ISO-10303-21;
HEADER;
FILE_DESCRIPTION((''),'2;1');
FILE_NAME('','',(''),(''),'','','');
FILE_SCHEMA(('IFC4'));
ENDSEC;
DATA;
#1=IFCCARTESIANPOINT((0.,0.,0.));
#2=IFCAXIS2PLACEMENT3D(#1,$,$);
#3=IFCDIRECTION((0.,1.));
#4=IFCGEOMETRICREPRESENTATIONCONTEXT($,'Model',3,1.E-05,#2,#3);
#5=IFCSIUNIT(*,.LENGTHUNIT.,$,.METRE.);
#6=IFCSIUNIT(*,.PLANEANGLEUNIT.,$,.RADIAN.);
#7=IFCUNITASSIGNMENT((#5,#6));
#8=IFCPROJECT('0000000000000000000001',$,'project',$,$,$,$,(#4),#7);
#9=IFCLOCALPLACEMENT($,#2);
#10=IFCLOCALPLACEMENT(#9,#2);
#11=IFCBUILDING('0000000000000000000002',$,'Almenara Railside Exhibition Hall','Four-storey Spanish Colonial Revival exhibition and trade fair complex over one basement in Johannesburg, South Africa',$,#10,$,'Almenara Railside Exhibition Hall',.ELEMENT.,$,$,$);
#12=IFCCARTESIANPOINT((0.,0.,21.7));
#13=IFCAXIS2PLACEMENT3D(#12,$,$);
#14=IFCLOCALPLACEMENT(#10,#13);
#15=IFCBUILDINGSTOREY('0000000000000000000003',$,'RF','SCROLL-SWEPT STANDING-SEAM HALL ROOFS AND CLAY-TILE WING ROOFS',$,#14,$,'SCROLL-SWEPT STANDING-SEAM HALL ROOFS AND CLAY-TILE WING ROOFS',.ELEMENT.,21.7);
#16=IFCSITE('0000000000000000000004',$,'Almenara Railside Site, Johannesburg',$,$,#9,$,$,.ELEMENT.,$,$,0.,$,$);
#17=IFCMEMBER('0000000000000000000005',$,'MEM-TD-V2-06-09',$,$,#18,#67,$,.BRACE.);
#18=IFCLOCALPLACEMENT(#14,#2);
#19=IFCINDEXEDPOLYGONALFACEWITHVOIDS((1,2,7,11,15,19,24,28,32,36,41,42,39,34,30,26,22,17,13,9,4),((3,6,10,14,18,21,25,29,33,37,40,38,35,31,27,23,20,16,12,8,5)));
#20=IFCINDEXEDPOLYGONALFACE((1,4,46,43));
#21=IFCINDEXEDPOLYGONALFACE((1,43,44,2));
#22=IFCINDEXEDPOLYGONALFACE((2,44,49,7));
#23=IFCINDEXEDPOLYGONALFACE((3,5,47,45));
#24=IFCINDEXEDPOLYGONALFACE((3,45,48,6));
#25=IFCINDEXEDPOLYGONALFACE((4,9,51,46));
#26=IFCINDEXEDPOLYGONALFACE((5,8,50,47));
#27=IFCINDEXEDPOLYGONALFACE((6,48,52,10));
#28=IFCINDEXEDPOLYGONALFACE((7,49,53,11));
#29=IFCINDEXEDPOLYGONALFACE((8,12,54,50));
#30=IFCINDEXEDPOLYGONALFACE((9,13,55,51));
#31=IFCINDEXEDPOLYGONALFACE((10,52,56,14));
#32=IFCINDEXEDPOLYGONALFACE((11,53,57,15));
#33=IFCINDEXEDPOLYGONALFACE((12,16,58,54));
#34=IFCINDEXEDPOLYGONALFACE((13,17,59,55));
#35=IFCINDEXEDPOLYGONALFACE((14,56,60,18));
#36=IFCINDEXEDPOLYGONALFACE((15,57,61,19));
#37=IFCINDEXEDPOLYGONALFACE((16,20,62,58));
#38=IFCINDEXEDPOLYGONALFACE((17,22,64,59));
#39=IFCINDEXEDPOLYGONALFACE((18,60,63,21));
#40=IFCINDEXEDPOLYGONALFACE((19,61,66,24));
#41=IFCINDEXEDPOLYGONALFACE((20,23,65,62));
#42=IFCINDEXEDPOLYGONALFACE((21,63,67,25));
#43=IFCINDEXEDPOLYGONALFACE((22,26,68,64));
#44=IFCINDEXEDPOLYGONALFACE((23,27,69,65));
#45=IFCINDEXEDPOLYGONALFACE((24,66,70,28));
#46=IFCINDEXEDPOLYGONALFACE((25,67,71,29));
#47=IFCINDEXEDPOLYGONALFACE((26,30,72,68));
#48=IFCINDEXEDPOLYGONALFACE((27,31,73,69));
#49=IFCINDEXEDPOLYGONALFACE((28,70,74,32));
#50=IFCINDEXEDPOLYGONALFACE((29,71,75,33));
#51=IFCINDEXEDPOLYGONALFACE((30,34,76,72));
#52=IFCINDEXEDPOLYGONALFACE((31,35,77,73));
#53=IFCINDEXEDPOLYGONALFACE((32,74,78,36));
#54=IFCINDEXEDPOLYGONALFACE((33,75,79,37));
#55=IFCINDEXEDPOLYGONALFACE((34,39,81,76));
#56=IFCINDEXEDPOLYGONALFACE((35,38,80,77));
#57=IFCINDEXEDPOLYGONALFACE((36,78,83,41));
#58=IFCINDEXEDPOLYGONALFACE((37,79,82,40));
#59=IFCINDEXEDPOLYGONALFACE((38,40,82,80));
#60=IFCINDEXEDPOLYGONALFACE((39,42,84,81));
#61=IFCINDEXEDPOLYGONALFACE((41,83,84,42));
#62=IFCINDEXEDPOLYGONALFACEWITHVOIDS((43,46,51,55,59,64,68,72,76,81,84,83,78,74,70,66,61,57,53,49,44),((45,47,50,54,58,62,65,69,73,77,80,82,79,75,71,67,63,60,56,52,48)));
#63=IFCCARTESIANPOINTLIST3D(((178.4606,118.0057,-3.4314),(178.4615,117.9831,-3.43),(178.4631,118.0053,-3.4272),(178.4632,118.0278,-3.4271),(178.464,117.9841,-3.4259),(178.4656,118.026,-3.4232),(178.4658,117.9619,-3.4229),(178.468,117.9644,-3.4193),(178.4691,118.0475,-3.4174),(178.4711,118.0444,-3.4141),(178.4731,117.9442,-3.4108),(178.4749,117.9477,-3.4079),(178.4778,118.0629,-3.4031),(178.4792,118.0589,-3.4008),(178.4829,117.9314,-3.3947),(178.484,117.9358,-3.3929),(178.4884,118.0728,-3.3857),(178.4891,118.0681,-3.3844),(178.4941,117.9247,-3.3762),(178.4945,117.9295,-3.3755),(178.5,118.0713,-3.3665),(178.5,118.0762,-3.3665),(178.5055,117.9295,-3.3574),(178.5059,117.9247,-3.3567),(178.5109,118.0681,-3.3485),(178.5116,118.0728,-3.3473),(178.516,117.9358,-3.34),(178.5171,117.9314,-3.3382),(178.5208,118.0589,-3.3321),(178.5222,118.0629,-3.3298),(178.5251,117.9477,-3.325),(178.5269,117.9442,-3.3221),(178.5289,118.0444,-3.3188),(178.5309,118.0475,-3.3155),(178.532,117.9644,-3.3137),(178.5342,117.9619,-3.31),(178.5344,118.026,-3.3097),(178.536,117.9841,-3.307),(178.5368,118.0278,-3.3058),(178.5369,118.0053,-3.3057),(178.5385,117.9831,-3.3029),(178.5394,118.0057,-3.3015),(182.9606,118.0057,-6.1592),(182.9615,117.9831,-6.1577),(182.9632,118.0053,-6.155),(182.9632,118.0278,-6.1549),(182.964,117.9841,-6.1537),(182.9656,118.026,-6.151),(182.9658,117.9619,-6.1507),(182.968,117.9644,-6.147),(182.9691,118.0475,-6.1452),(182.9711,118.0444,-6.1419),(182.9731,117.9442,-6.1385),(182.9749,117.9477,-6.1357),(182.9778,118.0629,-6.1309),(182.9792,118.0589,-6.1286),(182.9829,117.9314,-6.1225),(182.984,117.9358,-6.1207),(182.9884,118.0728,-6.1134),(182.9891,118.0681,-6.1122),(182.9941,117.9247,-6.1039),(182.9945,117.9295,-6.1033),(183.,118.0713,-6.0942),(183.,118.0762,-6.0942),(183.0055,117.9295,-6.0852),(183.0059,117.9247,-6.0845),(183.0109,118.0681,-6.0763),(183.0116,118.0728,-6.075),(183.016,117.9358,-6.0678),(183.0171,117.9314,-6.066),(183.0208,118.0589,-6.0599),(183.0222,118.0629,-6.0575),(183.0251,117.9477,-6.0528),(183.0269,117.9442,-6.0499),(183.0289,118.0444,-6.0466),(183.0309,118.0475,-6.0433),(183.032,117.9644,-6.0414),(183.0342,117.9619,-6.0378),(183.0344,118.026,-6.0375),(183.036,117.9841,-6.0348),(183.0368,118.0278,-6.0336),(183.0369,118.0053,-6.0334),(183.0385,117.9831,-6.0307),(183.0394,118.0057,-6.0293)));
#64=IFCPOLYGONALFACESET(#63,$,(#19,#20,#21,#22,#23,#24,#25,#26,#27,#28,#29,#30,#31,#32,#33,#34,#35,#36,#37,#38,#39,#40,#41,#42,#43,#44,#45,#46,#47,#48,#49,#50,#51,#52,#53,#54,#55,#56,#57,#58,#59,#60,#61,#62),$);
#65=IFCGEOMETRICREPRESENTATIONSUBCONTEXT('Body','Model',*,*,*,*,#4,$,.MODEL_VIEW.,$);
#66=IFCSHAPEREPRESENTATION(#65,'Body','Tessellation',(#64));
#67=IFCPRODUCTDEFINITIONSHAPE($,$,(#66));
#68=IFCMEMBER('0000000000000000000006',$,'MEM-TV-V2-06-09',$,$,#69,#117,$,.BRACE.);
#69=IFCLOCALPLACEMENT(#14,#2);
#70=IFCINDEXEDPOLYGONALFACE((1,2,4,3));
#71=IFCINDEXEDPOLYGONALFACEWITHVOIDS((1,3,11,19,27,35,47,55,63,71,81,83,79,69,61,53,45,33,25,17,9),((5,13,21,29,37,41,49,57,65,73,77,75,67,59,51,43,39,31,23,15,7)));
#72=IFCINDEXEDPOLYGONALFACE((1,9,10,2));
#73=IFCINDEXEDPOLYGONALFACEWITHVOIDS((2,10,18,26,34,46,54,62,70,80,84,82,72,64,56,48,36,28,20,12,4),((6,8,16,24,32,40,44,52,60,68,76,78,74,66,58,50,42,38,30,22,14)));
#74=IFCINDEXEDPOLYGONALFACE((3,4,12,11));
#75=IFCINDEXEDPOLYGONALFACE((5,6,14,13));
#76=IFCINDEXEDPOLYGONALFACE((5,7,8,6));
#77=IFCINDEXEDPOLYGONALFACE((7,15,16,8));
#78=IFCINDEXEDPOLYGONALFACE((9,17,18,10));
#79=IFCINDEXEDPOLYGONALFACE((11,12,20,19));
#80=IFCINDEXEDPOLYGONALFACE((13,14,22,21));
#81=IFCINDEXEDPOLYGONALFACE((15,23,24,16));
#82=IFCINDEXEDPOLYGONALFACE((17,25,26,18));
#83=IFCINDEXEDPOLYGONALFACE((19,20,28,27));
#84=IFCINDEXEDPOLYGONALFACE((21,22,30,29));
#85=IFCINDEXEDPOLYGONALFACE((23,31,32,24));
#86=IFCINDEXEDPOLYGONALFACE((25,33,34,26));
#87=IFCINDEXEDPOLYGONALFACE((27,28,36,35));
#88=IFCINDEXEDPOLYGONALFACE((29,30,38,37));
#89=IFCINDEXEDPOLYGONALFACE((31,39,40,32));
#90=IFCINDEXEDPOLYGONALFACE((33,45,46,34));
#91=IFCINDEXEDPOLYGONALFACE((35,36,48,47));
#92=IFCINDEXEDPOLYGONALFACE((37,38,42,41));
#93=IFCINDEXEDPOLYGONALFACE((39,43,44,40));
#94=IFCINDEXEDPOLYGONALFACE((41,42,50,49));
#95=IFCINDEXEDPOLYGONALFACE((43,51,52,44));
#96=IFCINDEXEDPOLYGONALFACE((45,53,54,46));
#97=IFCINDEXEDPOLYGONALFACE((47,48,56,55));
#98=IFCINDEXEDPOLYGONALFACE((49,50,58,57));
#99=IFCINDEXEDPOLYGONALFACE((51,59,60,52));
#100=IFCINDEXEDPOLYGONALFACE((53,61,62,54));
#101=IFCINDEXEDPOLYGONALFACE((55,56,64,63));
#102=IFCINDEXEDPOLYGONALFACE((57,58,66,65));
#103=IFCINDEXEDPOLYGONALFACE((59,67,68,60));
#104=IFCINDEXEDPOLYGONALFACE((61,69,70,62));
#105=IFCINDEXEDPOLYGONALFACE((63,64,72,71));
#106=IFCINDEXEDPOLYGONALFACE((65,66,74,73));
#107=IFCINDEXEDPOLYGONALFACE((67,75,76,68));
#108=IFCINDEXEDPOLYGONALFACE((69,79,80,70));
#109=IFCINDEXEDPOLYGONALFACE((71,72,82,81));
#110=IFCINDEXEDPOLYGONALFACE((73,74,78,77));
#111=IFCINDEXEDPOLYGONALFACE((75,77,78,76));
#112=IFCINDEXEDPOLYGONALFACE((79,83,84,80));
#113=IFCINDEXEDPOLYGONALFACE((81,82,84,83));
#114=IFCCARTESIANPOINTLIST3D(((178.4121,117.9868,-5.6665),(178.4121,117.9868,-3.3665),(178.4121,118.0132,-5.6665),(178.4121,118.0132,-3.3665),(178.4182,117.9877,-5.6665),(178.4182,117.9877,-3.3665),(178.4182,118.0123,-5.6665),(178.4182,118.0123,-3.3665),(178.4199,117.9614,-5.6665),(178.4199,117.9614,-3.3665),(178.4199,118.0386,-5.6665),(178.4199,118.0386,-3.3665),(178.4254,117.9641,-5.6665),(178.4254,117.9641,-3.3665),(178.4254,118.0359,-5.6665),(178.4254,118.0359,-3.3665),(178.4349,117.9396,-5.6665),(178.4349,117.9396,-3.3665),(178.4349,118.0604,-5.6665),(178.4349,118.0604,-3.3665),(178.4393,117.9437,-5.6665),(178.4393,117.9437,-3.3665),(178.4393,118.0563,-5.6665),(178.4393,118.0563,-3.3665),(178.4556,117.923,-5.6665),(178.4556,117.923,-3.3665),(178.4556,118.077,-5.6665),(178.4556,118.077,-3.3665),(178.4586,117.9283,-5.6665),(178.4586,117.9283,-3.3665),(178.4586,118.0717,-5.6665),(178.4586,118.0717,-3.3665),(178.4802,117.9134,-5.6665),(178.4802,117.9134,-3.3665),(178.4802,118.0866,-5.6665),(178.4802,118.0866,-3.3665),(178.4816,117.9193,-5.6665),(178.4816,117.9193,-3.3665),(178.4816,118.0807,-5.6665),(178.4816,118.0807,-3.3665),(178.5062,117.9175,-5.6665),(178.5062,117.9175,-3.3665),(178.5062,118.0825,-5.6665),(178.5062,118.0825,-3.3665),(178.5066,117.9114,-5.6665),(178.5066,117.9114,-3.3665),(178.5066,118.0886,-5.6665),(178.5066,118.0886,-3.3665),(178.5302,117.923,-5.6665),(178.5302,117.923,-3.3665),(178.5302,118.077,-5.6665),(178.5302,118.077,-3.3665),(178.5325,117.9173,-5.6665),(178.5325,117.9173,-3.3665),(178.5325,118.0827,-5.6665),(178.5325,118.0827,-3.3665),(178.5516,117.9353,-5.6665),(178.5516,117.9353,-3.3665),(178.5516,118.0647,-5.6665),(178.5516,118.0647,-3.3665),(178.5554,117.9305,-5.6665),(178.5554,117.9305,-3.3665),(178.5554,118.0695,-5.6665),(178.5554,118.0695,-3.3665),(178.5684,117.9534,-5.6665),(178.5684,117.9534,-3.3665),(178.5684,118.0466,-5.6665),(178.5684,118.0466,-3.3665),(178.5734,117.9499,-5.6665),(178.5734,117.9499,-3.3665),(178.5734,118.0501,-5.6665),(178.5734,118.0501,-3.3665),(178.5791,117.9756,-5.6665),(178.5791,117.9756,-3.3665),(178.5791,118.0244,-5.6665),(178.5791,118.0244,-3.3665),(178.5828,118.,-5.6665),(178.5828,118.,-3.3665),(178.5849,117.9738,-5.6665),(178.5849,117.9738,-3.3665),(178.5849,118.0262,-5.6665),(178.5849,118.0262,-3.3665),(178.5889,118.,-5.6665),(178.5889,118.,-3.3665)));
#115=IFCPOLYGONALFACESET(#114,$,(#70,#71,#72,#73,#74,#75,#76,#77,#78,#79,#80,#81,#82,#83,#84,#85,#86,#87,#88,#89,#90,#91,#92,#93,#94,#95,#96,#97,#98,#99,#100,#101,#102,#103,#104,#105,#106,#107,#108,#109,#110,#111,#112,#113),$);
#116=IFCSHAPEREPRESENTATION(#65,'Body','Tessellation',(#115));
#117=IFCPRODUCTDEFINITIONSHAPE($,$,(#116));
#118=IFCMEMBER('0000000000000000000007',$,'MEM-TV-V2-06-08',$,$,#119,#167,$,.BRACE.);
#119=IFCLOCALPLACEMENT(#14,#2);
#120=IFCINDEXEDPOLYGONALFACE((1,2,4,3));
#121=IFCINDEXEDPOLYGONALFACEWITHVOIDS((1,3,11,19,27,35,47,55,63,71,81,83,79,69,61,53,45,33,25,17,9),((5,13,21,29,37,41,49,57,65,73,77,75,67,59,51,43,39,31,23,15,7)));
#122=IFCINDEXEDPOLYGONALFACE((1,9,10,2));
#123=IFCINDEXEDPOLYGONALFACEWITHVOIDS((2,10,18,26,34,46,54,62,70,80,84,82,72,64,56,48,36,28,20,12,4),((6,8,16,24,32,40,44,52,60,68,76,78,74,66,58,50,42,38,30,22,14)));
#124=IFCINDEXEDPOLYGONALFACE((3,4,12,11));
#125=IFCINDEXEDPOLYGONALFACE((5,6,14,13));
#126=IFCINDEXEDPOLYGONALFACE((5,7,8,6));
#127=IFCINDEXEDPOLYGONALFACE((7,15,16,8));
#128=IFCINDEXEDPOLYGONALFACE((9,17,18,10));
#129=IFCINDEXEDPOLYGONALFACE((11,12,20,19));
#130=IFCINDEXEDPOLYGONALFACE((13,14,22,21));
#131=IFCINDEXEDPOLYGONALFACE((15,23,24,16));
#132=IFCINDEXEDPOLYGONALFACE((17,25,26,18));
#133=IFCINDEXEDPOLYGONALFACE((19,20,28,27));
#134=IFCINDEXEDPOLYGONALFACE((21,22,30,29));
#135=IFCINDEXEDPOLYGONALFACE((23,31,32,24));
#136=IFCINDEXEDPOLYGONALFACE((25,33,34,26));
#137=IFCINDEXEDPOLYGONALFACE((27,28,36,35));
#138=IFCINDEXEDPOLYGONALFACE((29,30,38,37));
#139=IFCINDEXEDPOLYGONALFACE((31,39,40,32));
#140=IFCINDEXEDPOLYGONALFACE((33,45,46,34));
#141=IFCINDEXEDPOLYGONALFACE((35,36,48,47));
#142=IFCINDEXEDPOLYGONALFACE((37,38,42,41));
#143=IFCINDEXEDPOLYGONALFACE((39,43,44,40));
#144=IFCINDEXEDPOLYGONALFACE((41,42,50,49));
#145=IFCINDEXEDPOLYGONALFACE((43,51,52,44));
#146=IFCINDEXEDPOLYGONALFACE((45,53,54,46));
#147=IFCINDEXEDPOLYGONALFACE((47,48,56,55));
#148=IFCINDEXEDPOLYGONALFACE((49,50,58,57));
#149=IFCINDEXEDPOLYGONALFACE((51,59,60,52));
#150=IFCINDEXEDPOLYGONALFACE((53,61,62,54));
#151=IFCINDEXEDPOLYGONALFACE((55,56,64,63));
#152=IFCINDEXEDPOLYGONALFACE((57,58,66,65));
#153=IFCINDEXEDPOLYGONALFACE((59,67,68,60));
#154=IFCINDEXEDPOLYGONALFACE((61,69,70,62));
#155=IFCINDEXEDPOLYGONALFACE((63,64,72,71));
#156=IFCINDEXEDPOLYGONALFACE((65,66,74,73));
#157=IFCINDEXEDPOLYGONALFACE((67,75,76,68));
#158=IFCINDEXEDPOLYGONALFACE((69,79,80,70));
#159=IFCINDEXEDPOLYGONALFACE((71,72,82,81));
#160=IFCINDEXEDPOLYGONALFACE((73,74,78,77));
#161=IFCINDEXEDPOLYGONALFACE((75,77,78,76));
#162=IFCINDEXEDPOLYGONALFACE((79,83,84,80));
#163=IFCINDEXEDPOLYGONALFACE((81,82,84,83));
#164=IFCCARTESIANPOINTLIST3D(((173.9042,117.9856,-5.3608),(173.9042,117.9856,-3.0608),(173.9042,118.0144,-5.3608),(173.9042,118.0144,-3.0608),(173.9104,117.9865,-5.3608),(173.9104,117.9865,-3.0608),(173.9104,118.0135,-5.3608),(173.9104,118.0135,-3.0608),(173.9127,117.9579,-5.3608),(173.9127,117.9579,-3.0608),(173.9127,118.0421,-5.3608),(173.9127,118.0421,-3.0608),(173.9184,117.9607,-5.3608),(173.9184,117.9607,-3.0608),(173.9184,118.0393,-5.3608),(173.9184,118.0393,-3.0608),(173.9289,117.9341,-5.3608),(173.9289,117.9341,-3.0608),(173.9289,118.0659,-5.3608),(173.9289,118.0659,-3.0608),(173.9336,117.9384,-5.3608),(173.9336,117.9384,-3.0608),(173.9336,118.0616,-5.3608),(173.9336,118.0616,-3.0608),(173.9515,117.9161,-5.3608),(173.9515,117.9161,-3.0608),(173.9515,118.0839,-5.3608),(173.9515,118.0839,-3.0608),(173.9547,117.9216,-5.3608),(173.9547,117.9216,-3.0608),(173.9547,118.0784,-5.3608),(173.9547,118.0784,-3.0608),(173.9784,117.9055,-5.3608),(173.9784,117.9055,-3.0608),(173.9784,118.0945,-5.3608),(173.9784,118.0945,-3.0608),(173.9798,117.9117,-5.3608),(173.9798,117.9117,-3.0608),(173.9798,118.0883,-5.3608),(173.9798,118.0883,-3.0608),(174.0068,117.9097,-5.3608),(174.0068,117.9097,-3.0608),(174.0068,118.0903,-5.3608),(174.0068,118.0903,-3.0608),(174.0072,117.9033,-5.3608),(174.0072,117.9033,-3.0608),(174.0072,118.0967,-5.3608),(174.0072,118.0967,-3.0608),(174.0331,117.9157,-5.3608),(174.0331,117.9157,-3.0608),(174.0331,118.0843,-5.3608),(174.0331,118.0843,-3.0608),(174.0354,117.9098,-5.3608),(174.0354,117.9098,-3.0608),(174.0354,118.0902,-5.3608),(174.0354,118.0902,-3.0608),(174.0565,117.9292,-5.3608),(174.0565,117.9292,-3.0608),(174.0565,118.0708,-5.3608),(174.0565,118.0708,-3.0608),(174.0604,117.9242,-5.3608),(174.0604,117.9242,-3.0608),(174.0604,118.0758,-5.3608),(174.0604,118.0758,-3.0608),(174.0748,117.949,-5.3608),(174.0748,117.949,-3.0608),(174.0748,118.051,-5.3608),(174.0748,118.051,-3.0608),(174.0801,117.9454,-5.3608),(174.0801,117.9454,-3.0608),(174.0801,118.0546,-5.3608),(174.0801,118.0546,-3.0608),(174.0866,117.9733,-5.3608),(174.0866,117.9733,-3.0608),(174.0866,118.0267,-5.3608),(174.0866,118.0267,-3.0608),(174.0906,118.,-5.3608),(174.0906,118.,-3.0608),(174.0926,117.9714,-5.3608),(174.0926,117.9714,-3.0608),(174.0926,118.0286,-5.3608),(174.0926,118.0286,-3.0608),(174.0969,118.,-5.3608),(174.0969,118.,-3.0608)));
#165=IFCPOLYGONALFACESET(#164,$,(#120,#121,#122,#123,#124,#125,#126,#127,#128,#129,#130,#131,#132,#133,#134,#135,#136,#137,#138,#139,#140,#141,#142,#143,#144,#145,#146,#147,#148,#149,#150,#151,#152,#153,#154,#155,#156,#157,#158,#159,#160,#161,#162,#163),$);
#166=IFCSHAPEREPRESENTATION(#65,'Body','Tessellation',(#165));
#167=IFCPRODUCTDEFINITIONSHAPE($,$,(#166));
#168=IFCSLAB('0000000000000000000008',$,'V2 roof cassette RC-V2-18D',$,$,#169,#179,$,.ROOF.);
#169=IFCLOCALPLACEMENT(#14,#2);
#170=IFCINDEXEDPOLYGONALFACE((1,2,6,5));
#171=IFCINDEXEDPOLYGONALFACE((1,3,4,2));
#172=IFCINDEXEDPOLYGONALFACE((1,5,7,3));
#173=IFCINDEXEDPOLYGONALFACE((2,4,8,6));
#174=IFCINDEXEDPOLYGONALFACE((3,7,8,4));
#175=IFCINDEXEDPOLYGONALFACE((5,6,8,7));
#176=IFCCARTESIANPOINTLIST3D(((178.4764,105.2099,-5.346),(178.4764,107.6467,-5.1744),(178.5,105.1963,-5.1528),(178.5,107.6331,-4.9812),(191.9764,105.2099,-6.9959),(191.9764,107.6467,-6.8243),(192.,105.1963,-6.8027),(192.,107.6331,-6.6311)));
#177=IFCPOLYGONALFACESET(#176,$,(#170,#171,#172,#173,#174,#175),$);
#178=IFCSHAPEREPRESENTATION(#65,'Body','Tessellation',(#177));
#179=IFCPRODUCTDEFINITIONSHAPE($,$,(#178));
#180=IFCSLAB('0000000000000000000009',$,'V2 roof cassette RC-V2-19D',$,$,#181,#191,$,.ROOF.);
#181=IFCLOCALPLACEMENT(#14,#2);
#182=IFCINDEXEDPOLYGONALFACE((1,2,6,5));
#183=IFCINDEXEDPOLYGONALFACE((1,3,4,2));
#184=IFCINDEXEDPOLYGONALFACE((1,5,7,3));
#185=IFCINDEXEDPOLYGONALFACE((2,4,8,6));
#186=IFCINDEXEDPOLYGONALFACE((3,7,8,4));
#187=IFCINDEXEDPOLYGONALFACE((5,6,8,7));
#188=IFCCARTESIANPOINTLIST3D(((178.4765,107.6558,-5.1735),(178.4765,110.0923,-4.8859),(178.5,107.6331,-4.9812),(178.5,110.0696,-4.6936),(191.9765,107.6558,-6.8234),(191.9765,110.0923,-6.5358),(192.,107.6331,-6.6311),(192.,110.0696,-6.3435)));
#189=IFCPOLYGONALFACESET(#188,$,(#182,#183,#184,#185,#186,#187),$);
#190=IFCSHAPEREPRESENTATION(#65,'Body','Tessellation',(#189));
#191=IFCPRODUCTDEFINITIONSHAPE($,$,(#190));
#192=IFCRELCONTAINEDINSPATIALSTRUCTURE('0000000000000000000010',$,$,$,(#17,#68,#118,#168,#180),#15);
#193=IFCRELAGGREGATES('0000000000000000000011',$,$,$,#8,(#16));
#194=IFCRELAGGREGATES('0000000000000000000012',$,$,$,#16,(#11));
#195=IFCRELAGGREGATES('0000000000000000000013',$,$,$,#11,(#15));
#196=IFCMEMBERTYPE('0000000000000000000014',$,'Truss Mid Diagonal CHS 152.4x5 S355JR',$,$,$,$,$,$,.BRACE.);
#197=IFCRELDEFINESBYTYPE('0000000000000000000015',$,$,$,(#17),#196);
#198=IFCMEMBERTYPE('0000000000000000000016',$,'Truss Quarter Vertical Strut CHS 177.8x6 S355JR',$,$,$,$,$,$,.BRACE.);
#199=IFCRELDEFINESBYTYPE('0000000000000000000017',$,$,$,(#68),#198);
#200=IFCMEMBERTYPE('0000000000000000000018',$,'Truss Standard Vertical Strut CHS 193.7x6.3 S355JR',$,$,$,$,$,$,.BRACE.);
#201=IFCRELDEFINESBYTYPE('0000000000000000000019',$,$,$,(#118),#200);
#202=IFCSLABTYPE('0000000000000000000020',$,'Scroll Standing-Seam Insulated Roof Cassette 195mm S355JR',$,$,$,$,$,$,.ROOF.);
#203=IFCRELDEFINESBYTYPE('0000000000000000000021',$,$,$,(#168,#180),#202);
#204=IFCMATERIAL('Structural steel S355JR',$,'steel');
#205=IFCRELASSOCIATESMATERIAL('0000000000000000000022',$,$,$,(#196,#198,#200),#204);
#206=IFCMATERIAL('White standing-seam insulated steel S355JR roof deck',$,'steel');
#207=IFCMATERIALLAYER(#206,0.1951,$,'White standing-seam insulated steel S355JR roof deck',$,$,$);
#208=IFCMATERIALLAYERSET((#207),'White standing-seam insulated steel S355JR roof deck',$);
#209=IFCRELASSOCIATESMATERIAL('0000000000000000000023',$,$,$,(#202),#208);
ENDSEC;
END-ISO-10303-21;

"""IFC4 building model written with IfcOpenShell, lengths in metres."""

from ifc_helpers import new_model, si_unit, direction, frame, origin, origin_2d, place, context, subcontext, project, spatial, polyline, hollow_circle, outline, extrude, material, layer, layer_set, material_profile, profile_set, type_object, element, save


model = new_model("IFC4")

# Units and contexts
model_context = context("Model", 3, precision=1e-05, world=origin(), true_north=direction((0.0, 1.0)))
body_context = subcontext(model_context, "Body", "Model", "MODEL_VIEW")
ifc_project = project(units=[si_unit("LENGTHUNIT", "METRE"), si_unit("PLANEANGLEUNIT", "RADIAN")], contexts=[model_context])

# Site, building, storey
site_placement = place(None, origin())
site = spatial("IfcSite", under=ifc_project, at=site_placement, Name="Almenara Railside Site, Johannesburg", CompositionType="ELEMENT", RefElevation=0.0)
building_placement = place(site_placement, origin())
building = spatial("IfcBuilding", under=site, at=building_placement, Name="Almenara Railside Exhibition Hall", Description="Four-storey Spanish Colonial Revival exhibition and trade fair complex over one basement in Johannesburg, South Africa", LongName="Almenara Railside Exhibition Hall", CompositionType="ELEMENT")
storey_placement = place(building_placement, frame((0.0, 0.0, 21.7)))
storey = spatial("IfcBuildingStorey", under=building, at=storey_placement, Name="RF", Description="SCROLL-SWEPT STANDING-SEAM HALL ROOFS AND CLAY-TILE WING ROOFS", LongName="SCROLL-SWEPT STANDING-SEAM HALL ROOFS AND CLAY-TILE WING ROOFS", CompositionType="ELEMENT", Elevation=21.7)

# Members
ifc_material_1 = material(Name="Structural steel S355JR", Category="steel")
ifc_material_profile_1 = material_profile(ifc_material_1, hollow_circle(Radius=0.0762, WallThickness=0.0049, at=origin_2d()), Name="CHS 152.4x5")
ifc_profile_set_1 = profile_set([ifc_material_profile_1], Name="Structural steel S355JR")
member_type_1 = type_object("IfcMemberType", Name="Truss Mid Diagonal CHS 152.4x5 S355JR", PredefinedType="BRACE", material=ifc_profile_set_1)
member_1_placement = place(storey_placement, frame((178.5, 118.0, -3.3665), z_axis=(0.855155, 0.0, -0.518373), x_axis=(0.0, 1.0, 0.0)))
element("IfcMember", 1, at=member_1_placement, inside=storey, type_object=member_type_1, Name="MEM-TD-V2-06-09", PredefinedType="BRACE", context=body_context, shape_type="SweptSolid", body=[
    extrude(hollow_circle(Radius=0.0762, WallThickness=0.0049, at=origin_2d()), origin(), (0.0, 0.0, 1.0), 5.2622),
])
ifc_material_profile_2 = material_profile(ifc_material_1, hollow_circle(Radius=0.0889, WallThickness=0.0061, at=origin_2d()), Name="CHS 177.8x6")
ifc_profile_set_2 = profile_set([ifc_material_profile_2], Name="Structural steel S355JR")
member_type_2 = type_object("IfcMemberType", Name="Truss Quarter Vertical Strut CHS 177.8x6 S355JR", PredefinedType="BRACE", material=ifc_profile_set_2)
member_2_placement = place(storey_placement, frame((178.5, 118.0, -5.6665), z_axis=(0.0, 0.0, 1.0), x_axis=(1.0, 0.0, 0.0)))
element("IfcMember", 2, at=member_2_placement, inside=storey, type_object=member_type_2, Name="MEM-TV-V2-06-09", PredefinedType="BRACE", context=body_context, shape_type="SweptSolid", body=[
    extrude(hollow_circle(Radius=0.0889, WallThickness=0.0061, at=origin_2d()), origin(), (0.0, 0.0, 1.0), 2.3),
])
ifc_material_profile_3 = material_profile(ifc_material_1, hollow_circle(Radius=0.0969, WallThickness=0.0063, at=origin_2d()), Name="CHS 193.7x6.3")
ifc_profile_set_3 = profile_set([ifc_material_profile_3], Name="Structural steel S355JR")
member_type_3 = type_object("IfcMemberType", Name="Truss Standard Vertical Strut CHS 193.7x6.3 S355JR", PredefinedType="BRACE", material=ifc_profile_set_3)
member_3_placement = place(storey_placement, frame((174.0, 118.0, -5.3608), z_axis=(0.0, 0.0, 1.0), x_axis=(1.0, 0.0, 0.0)))
element("IfcMember", 3, at=member_3_placement, inside=storey, type_object=member_type_3, Name="MEM-TV-V2-06-08", PredefinedType="BRACE", context=body_context, shape_type="SweptSolid", body=[
    extrude(hollow_circle(Radius=0.0969, WallThickness=0.0063, at=origin_2d()), origin(), (0.0, 0.0, 1.0), 2.3),
])

# Slabs
ifc_material_2 = material(Name="White standing-seam insulated steel S355JR roof deck", Category="steel")
ifc_layer_1 = layer(ifc_material_2, 0.1951, Name="White standing-seam insulated steel S355JR roof deck")
ifc_layer_set_1 = layer_set([ifc_layer_1], Name="White standing-seam insulated steel S355JR roof deck")
slab_type = type_object("IfcSlabType", Name="Scroll Standing-Seam Insulated Roof Cassette 195mm S355JR", PredefinedType="ROOF", material=ifc_layer_set_1)
slab_1_placement = place(storey_placement, frame((178.5, 105.1963, -5.1528), z_axis=(0.121017, -0.069743, 0.990197), x_axis=(0.992614, 0.0, -0.121312)))
element("IfcSlab", 4, at=slab_1_placement, inside=storey, type_object=slab_type, Name="V2 roof cassette RC-V2-18D", PredefinedType="ROOF", context=body_context, shape_type="SweptSolid", body=[
    extrude(outline(polyline([(0.0, 0.0), (13.6004, 0.0), (13.5796, 2.4427), (-0.0208, 2.4427), (0.0, 0.0)])), origin(), (0.0, 0.0, -1.0), 0.1951),
])
slab_2_placement = place(storey_placement, frame((178.5, 107.6331, -4.9812), z_axis=(0.120488, -0.116368, 0.985871), x_axis=(0.992614, 0.0, -0.121312)))
element("IfcSlab", 5, at=slab_2_placement, inside=storey, type_object=slab_type, Name="V2 roof cassette RC-V2-19D", PredefinedType="ROOF", context=body_context, shape_type="SweptSolid", body=[
    extrude(outline(polyline([(0.0, 0.0), (13.6004, 0.0), (13.5656, 2.4532), (-0.0349, 2.4532), (0.0, 0.0)])), origin(), (0.0, 0.0, -1.0), 0.1951),
])

save(model, "model.ifc")
